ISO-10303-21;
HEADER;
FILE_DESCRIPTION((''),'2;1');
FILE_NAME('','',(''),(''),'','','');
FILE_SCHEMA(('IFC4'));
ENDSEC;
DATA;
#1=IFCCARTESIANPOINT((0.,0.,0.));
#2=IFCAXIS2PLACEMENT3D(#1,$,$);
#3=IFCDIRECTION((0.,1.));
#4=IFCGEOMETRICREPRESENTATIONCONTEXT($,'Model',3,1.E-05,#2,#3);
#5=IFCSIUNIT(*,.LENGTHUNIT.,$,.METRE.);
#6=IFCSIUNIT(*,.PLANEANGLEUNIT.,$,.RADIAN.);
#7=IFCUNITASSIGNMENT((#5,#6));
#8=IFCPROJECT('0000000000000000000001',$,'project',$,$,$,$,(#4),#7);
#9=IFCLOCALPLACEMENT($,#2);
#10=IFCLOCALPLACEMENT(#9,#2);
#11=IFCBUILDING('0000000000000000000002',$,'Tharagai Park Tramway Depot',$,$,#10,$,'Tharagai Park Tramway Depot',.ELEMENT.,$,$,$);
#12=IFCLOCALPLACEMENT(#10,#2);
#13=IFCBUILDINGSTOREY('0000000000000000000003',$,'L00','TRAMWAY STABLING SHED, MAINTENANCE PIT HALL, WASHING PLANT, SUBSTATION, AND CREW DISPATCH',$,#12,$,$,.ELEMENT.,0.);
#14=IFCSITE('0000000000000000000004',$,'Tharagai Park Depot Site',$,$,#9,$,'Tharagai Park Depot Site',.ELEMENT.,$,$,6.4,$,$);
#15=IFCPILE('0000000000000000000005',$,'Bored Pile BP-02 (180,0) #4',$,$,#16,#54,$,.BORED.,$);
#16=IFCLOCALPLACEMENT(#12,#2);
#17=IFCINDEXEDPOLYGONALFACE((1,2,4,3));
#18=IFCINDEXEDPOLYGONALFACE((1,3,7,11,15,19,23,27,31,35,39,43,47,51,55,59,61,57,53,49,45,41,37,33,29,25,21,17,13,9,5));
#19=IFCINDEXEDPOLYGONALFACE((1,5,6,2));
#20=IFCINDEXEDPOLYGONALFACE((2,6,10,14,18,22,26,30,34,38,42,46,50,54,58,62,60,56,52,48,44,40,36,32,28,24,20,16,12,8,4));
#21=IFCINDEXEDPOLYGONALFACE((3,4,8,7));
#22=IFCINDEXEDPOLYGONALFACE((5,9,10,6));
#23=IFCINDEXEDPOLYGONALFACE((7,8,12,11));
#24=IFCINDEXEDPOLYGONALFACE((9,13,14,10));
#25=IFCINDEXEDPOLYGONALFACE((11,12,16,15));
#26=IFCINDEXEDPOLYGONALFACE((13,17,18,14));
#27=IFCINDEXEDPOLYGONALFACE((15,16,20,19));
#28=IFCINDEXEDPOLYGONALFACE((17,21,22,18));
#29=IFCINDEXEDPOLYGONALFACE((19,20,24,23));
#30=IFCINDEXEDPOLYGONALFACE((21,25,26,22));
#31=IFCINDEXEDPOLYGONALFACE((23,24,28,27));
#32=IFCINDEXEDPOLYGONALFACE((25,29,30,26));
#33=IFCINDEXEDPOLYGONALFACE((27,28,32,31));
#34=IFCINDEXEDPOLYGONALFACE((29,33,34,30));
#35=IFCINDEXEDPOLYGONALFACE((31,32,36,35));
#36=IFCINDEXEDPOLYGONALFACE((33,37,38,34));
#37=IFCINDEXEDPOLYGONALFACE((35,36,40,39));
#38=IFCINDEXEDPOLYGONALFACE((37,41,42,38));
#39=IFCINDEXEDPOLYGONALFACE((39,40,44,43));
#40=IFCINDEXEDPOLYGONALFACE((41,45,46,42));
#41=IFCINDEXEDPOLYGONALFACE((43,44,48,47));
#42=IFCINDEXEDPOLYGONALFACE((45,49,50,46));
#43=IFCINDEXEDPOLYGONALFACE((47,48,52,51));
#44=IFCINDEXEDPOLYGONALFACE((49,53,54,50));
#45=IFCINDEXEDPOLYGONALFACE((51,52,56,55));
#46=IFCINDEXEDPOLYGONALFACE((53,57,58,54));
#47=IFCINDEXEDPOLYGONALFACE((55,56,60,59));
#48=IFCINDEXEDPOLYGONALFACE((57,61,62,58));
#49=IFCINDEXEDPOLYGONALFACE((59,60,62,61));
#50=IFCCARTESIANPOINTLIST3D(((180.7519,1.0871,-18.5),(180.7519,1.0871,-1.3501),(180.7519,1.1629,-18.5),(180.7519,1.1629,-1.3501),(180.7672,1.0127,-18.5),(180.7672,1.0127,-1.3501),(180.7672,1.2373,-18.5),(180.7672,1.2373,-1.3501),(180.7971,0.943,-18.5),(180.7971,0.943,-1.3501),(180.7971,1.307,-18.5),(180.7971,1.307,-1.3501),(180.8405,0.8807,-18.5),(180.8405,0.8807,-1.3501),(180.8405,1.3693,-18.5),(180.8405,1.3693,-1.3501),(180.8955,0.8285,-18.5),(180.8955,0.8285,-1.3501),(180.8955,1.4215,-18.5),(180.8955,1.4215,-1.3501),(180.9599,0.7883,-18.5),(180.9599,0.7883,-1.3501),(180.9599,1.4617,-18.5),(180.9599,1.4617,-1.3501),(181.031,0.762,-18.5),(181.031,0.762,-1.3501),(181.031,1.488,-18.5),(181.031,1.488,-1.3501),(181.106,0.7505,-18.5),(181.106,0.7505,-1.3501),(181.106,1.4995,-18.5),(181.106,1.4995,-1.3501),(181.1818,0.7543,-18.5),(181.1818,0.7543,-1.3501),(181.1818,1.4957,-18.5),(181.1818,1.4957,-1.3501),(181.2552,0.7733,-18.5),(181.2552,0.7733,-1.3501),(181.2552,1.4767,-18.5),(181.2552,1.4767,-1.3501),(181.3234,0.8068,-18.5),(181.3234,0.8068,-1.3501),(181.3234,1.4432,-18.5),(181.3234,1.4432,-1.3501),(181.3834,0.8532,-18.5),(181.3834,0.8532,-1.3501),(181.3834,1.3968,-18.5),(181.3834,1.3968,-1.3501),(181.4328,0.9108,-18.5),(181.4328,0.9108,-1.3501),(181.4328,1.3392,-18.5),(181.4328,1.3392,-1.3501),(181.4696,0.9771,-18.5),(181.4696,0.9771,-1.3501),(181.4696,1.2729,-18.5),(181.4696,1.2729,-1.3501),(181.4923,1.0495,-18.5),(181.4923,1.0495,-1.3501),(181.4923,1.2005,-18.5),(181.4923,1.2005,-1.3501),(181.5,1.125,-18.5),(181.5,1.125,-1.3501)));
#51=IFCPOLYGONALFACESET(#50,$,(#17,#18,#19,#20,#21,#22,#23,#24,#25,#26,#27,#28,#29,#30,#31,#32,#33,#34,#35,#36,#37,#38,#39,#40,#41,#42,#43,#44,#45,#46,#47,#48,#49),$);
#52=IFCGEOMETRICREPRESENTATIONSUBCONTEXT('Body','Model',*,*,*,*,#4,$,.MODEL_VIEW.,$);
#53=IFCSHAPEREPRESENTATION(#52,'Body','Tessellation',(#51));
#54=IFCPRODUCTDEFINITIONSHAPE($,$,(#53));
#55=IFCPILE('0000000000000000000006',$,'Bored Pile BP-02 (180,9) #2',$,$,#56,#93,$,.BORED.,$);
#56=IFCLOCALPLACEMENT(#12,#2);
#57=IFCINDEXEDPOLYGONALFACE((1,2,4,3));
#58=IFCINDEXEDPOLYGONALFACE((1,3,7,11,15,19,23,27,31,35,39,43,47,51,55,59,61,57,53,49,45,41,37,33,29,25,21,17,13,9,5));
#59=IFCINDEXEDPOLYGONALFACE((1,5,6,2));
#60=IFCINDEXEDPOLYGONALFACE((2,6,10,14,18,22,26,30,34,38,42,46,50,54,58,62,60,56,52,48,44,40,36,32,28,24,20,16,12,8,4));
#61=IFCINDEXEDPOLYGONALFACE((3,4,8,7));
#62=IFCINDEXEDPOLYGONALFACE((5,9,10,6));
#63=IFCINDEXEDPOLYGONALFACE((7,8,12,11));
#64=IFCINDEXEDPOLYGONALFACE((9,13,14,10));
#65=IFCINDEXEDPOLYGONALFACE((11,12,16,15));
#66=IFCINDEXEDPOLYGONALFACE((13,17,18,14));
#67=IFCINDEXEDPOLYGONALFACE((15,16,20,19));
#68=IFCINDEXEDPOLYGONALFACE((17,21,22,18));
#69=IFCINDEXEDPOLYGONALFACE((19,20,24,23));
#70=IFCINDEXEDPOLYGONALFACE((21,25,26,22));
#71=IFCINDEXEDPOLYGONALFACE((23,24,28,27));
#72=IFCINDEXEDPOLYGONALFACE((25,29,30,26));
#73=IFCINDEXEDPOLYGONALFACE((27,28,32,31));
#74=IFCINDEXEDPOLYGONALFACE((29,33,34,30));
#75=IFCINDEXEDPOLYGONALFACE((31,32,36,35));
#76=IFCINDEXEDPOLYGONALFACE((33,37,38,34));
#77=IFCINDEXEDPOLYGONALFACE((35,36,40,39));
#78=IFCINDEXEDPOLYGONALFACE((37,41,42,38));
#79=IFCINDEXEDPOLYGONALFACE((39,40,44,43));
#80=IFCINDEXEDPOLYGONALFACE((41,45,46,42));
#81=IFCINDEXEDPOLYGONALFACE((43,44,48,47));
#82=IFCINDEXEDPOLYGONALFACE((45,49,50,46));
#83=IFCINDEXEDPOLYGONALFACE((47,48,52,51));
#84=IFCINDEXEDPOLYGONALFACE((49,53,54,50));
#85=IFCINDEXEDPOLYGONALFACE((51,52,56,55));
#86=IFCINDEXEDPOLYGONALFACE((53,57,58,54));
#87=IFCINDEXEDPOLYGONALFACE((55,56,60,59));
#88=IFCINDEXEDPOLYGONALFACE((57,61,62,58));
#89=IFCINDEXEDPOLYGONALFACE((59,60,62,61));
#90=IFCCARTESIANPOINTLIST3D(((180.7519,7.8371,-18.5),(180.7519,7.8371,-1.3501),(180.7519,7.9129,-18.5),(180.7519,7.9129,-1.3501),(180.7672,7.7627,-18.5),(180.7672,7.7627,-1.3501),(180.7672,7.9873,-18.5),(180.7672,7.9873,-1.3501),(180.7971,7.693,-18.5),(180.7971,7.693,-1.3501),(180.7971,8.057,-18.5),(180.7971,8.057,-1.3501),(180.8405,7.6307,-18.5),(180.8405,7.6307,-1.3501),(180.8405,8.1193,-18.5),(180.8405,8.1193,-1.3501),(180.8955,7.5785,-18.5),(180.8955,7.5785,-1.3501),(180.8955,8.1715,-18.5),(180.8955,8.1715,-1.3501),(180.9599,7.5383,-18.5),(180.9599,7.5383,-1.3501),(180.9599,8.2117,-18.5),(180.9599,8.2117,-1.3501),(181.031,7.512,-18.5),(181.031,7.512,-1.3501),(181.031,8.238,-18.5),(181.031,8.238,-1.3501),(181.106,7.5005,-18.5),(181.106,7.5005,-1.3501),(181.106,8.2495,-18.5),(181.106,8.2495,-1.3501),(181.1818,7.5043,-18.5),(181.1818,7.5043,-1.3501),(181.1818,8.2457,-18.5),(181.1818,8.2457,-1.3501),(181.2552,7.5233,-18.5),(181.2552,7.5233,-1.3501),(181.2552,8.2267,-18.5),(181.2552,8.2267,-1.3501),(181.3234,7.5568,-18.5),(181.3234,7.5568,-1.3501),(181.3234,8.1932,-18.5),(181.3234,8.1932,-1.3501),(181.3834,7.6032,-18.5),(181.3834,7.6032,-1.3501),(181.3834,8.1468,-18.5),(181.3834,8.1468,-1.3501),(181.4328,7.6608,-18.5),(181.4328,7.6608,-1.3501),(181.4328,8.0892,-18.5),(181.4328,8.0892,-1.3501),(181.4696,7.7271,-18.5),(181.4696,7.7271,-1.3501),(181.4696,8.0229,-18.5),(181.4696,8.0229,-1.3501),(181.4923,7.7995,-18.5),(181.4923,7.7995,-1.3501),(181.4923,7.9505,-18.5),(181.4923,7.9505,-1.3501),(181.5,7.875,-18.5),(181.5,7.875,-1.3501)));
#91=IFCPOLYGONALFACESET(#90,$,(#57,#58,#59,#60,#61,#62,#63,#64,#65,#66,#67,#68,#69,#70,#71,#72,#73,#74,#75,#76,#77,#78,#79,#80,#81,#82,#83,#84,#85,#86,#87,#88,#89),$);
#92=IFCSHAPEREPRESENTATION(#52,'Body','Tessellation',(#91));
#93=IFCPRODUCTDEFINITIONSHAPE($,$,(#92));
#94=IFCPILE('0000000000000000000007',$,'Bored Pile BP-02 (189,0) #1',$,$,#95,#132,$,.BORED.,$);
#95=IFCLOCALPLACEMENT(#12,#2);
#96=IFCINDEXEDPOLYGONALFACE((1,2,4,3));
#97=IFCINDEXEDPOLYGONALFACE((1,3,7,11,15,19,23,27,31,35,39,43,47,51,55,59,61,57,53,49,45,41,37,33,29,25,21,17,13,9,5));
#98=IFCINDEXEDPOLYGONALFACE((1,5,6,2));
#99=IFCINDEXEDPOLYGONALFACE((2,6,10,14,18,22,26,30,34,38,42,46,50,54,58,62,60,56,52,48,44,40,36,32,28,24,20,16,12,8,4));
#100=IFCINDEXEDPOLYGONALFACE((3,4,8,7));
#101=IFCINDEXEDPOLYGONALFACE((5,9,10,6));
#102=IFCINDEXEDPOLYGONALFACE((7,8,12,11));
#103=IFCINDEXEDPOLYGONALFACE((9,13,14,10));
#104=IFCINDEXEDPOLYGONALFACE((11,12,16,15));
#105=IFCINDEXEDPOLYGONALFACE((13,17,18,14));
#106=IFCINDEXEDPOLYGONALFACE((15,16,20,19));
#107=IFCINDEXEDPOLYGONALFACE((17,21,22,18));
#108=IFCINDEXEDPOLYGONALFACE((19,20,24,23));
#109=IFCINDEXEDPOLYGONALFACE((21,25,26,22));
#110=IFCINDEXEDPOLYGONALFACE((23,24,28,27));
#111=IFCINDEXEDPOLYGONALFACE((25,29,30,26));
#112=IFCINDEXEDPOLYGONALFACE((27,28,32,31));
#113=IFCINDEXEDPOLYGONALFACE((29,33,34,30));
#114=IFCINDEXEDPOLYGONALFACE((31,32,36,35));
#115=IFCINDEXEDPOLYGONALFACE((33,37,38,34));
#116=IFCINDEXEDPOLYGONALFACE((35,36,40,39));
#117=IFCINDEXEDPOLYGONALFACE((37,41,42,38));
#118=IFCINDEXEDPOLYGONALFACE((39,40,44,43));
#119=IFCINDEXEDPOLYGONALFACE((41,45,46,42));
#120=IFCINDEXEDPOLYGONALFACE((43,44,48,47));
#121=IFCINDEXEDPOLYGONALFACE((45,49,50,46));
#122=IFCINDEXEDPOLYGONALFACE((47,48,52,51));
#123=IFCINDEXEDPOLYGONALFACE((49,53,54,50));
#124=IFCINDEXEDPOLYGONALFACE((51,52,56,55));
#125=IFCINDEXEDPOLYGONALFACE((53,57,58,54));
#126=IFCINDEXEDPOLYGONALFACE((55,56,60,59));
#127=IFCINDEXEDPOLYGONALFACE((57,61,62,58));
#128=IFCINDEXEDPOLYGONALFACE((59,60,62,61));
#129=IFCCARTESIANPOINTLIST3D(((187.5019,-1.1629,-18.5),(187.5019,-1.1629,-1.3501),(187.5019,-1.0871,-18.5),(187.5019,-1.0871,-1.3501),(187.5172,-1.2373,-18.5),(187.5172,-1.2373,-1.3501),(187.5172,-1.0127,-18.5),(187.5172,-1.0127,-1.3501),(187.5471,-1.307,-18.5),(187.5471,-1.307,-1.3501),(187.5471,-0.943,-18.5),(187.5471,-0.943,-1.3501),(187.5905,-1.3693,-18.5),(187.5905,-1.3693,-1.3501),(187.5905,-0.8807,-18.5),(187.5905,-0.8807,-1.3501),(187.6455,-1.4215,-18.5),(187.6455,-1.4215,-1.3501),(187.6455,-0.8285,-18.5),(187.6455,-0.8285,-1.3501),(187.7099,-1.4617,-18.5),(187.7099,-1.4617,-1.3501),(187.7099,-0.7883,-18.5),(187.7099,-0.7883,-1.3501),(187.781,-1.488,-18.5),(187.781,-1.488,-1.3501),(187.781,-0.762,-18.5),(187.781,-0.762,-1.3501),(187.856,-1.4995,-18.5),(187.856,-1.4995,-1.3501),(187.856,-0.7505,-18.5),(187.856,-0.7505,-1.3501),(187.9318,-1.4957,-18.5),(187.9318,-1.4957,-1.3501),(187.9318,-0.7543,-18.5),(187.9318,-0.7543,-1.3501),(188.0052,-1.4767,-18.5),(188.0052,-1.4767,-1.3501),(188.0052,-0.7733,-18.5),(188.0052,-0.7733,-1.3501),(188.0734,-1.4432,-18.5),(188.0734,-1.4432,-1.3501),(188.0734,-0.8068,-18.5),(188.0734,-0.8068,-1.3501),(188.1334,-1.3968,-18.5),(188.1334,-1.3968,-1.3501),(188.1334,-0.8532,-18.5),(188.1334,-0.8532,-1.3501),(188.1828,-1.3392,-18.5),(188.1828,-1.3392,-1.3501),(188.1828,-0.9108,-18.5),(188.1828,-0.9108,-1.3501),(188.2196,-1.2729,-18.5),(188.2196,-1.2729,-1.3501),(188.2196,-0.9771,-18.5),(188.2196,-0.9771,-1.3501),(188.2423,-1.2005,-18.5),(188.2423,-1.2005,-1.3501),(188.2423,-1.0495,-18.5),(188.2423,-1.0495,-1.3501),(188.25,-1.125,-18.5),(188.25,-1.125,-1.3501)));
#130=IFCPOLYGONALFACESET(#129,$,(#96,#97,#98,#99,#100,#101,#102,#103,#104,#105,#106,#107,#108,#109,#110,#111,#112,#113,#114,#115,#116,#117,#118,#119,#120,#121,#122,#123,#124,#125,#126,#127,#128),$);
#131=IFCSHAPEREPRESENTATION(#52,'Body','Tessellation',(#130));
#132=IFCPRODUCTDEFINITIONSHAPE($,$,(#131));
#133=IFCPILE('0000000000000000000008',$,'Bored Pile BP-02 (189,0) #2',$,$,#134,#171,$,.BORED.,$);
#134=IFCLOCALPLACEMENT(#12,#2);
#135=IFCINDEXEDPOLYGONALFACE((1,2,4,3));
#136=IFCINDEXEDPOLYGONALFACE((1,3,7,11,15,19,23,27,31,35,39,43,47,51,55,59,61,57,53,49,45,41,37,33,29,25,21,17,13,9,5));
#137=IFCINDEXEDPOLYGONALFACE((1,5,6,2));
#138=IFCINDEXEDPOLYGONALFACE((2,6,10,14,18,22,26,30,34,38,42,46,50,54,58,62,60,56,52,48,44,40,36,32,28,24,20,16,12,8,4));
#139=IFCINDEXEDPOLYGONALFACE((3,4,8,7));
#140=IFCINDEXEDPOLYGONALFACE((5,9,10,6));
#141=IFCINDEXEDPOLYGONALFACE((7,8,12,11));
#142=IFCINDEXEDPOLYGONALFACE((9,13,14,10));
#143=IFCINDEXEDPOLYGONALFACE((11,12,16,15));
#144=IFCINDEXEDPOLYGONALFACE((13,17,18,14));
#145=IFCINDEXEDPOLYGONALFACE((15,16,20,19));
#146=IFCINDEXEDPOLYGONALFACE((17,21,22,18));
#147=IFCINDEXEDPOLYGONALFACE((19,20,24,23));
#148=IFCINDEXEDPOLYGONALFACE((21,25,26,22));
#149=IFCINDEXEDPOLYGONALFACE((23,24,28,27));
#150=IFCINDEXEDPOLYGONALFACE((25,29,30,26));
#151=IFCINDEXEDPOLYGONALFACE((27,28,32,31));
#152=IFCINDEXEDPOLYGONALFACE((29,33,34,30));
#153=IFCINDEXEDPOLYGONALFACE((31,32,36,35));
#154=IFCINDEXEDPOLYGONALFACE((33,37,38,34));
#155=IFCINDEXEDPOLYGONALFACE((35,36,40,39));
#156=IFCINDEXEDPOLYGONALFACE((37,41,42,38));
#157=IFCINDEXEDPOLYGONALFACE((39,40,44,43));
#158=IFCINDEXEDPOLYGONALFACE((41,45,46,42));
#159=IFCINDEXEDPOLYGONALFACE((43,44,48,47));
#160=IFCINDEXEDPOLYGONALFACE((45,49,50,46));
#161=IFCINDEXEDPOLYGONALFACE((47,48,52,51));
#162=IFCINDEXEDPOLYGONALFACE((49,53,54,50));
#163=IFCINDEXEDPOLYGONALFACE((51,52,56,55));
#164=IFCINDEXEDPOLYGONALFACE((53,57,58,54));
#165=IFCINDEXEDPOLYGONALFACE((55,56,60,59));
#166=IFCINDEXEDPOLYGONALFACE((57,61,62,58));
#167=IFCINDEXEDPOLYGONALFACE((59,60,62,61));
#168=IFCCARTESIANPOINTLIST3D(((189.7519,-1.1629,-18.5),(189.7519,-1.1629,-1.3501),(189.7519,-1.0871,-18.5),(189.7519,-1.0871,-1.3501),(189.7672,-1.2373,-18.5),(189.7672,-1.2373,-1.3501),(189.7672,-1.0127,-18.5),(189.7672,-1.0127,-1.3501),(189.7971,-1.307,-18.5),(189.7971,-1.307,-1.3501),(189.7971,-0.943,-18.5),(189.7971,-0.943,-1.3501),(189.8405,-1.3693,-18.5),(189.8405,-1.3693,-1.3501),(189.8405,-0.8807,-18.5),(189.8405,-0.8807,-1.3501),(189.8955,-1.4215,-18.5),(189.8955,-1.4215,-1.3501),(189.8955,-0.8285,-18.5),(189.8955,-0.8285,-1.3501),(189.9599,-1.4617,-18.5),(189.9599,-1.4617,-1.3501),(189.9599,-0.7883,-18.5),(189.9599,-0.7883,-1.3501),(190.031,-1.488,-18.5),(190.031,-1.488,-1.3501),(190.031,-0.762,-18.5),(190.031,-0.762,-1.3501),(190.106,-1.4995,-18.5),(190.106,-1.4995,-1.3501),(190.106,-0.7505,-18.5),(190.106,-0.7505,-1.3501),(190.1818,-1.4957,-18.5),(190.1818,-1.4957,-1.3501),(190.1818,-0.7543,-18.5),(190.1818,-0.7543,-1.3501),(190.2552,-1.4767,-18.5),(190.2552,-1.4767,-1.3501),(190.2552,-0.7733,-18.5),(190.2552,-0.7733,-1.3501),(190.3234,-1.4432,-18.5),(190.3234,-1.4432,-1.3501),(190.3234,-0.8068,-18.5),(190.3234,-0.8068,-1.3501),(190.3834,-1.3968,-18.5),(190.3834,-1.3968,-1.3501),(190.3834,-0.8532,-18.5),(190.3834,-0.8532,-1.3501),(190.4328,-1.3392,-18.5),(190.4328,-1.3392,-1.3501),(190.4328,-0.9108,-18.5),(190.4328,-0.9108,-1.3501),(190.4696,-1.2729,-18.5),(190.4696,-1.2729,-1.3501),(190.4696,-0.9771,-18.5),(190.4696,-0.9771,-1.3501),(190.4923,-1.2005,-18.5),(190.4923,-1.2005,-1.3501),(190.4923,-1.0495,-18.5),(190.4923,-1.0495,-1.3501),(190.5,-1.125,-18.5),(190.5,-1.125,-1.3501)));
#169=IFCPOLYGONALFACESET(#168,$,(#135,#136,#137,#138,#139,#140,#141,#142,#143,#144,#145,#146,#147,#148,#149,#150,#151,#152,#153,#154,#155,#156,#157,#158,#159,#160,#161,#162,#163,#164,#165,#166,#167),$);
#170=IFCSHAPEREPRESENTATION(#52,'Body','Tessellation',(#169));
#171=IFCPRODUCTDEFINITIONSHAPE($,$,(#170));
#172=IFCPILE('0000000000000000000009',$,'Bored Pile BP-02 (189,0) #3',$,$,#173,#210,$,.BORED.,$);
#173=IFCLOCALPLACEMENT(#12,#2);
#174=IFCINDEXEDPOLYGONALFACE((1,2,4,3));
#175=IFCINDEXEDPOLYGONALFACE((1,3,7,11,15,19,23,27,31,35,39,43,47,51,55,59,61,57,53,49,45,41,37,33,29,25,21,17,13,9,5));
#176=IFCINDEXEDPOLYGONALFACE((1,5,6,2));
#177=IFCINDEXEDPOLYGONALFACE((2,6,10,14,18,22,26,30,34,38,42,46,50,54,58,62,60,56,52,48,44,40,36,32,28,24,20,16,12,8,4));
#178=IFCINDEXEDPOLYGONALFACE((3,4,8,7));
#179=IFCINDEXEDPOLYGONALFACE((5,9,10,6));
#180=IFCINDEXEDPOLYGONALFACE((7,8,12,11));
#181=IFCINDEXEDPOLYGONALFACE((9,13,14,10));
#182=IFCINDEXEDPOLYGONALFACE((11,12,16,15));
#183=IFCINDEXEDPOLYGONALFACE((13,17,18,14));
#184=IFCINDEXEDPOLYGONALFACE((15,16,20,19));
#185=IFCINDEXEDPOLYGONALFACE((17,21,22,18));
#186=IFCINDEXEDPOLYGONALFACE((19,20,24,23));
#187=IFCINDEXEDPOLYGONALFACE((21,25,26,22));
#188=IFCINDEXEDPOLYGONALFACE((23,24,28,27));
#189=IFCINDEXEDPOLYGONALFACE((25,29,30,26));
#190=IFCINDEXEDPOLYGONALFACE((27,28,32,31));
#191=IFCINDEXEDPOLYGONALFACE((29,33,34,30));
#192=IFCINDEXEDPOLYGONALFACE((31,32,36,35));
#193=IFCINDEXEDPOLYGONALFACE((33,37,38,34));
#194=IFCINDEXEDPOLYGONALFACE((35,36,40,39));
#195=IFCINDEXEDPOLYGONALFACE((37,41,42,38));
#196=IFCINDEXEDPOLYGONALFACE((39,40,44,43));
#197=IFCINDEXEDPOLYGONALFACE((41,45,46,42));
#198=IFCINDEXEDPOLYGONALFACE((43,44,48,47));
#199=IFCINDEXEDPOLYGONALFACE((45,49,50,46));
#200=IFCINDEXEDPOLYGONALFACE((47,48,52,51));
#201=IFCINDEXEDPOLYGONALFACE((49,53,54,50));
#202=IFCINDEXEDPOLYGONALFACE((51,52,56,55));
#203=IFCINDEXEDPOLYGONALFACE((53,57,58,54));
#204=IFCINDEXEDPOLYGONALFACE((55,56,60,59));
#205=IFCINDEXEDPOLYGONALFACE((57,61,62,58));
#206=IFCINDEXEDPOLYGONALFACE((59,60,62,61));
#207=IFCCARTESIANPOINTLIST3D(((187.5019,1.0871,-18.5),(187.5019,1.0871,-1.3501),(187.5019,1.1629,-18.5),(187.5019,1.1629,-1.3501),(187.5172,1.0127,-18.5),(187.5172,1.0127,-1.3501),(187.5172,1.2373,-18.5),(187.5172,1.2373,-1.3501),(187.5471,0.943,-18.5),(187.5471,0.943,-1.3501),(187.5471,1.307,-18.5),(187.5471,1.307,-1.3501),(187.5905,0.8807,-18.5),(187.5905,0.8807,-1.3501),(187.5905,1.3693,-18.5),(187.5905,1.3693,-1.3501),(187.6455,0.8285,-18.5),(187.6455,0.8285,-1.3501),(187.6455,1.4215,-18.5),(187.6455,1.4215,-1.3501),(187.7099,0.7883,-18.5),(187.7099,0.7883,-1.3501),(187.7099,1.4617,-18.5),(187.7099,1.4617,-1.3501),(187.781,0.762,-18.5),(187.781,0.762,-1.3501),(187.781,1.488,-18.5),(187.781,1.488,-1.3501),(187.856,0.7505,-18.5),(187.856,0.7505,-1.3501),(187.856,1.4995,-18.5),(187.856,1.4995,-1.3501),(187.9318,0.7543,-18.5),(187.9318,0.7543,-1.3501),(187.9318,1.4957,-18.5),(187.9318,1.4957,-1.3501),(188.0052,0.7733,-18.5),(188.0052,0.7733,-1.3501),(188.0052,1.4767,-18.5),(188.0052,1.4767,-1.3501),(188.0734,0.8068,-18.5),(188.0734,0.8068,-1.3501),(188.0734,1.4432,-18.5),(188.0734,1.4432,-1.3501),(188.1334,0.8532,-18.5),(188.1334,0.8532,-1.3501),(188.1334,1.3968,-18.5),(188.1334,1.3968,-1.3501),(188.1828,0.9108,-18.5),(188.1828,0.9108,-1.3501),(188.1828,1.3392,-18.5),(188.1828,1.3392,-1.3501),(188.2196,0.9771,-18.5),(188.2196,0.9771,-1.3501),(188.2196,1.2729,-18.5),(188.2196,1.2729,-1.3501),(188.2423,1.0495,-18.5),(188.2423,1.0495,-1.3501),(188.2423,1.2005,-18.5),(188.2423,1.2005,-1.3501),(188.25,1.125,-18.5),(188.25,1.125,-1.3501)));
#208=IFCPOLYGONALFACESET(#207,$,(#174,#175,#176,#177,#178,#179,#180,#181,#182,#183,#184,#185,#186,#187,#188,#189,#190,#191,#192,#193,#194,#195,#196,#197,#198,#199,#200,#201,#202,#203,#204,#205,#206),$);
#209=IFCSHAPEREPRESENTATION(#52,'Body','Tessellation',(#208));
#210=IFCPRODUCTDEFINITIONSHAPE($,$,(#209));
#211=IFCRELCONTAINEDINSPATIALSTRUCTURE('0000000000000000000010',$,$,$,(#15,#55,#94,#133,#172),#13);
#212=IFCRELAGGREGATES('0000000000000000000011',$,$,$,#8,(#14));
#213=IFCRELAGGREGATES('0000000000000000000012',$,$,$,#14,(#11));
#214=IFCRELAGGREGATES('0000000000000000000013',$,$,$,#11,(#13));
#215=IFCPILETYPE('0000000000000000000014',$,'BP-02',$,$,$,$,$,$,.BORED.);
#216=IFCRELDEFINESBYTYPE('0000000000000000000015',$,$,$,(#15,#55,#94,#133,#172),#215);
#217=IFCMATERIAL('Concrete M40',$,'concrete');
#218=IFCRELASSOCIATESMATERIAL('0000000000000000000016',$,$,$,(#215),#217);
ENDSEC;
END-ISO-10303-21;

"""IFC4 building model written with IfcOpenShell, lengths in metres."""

from ifc_helpers import new_model, si_unit, direction, frame, origin, origin_2d, place, context, subcontext, project, spatial, circle, extrude, material, material_profile, profile_set, type_object, element, save


model = new_model("IFC4")

# Units and contexts
model_context = context("Model", 3, precision=1e-05, world=origin(), true_north=direction((0.0, 1.0)))
body_context = subcontext(model_context, "Body", "Model", "MODEL_VIEW")
ifc_project = project(units=[si_unit("LENGTHUNIT", "METRE"), si_unit("PLANEANGLEUNIT", "RADIAN")], contexts=[model_context])

# Site, building, storey
site_placement = place(None, origin())
site = spatial("IfcSite", under=ifc_project, at=site_placement, Name="Tharagai Park Depot Site", LongName="Tharagai Park Depot Site", CompositionType="ELEMENT", RefElevation=6.4)
building_placement = place(site_placement, origin())
building = spatial("IfcBuilding", under=site, at=building_placement, Name="Tharagai Park Tramway Depot", LongName="Tharagai Park Tramway Depot", CompositionType="ELEMENT")
storey_placement = place(building_placement, origin())
storey = spatial("IfcBuildingStorey", under=building, at=storey_placement, Name="L00", Description="TRAMWAY STABLING SHED, MAINTENANCE PIT HALL, WASHING PLANT, SUBSTATION, AND CREW DISPATCH", CompositionType="ELEMENT", Elevation=0.0)

# Piles
ifc_material_1 = material(Name="Concrete M40", Category="concrete")
ifc_material_profile_1 = material_profile(ifc_material_1, circle(Radius=0.375, at=origin_2d()), Name="PILE D750")
ifc_profile_set_1 = profile_set([ifc_material_profile_1], Name="Concrete M40")
pile_type = type_object("IfcPileType", Name="BP-02", PredefinedType="BORED", material=ifc_profile_set_1)
for number, where, z_axis, x_axis, name in (
    (1, (181.125, 1.125, -1.3501), (0.0, 0.0, -1.0), (1.0, 0.0, 0.0), "Bored Pile BP-02 (180,0) #4"),
    (2, (181.125, 7.875, -1.3501), (0.0, 0.0, -1.0), (1.0, 0.0, 0.0), "Bored Pile BP-02 (180,9) #2"),
    (3, (187.875, -1.125, -1.3501), (0.0, 0.0, -1.0), (1.0, 0.0, 0.0), "Bored Pile BP-02 (189,0) #1"),
    (4, (190.125, -1.125, -1.3501), (0.0, 0.0, -1.0), (1.0, 0.0, 0.0), "Bored Pile BP-02 (189,0) #2"),
    (5, (187.875, 1.125, -1.3501), (0.0, 0.0, -1.0), (1.0, 0.0, 0.0), "Bored Pile BP-02 (189,0) #3"),
):
    element("IfcPile", number, at=place(storey_placement, frame(where, z_axis=z_axis, x_axis=x_axis)), inside=storey, type_object=pile_type, Name=name, PredefinedType="BORED", context=body_context, shape_type="SweptSolid", body=[
        extrude(circle(Radius=0.375, at=origin_2d()), origin(), (0.0, 0.0, 1.0), 17.1499),
    ])

save(model, "model.ifc")
